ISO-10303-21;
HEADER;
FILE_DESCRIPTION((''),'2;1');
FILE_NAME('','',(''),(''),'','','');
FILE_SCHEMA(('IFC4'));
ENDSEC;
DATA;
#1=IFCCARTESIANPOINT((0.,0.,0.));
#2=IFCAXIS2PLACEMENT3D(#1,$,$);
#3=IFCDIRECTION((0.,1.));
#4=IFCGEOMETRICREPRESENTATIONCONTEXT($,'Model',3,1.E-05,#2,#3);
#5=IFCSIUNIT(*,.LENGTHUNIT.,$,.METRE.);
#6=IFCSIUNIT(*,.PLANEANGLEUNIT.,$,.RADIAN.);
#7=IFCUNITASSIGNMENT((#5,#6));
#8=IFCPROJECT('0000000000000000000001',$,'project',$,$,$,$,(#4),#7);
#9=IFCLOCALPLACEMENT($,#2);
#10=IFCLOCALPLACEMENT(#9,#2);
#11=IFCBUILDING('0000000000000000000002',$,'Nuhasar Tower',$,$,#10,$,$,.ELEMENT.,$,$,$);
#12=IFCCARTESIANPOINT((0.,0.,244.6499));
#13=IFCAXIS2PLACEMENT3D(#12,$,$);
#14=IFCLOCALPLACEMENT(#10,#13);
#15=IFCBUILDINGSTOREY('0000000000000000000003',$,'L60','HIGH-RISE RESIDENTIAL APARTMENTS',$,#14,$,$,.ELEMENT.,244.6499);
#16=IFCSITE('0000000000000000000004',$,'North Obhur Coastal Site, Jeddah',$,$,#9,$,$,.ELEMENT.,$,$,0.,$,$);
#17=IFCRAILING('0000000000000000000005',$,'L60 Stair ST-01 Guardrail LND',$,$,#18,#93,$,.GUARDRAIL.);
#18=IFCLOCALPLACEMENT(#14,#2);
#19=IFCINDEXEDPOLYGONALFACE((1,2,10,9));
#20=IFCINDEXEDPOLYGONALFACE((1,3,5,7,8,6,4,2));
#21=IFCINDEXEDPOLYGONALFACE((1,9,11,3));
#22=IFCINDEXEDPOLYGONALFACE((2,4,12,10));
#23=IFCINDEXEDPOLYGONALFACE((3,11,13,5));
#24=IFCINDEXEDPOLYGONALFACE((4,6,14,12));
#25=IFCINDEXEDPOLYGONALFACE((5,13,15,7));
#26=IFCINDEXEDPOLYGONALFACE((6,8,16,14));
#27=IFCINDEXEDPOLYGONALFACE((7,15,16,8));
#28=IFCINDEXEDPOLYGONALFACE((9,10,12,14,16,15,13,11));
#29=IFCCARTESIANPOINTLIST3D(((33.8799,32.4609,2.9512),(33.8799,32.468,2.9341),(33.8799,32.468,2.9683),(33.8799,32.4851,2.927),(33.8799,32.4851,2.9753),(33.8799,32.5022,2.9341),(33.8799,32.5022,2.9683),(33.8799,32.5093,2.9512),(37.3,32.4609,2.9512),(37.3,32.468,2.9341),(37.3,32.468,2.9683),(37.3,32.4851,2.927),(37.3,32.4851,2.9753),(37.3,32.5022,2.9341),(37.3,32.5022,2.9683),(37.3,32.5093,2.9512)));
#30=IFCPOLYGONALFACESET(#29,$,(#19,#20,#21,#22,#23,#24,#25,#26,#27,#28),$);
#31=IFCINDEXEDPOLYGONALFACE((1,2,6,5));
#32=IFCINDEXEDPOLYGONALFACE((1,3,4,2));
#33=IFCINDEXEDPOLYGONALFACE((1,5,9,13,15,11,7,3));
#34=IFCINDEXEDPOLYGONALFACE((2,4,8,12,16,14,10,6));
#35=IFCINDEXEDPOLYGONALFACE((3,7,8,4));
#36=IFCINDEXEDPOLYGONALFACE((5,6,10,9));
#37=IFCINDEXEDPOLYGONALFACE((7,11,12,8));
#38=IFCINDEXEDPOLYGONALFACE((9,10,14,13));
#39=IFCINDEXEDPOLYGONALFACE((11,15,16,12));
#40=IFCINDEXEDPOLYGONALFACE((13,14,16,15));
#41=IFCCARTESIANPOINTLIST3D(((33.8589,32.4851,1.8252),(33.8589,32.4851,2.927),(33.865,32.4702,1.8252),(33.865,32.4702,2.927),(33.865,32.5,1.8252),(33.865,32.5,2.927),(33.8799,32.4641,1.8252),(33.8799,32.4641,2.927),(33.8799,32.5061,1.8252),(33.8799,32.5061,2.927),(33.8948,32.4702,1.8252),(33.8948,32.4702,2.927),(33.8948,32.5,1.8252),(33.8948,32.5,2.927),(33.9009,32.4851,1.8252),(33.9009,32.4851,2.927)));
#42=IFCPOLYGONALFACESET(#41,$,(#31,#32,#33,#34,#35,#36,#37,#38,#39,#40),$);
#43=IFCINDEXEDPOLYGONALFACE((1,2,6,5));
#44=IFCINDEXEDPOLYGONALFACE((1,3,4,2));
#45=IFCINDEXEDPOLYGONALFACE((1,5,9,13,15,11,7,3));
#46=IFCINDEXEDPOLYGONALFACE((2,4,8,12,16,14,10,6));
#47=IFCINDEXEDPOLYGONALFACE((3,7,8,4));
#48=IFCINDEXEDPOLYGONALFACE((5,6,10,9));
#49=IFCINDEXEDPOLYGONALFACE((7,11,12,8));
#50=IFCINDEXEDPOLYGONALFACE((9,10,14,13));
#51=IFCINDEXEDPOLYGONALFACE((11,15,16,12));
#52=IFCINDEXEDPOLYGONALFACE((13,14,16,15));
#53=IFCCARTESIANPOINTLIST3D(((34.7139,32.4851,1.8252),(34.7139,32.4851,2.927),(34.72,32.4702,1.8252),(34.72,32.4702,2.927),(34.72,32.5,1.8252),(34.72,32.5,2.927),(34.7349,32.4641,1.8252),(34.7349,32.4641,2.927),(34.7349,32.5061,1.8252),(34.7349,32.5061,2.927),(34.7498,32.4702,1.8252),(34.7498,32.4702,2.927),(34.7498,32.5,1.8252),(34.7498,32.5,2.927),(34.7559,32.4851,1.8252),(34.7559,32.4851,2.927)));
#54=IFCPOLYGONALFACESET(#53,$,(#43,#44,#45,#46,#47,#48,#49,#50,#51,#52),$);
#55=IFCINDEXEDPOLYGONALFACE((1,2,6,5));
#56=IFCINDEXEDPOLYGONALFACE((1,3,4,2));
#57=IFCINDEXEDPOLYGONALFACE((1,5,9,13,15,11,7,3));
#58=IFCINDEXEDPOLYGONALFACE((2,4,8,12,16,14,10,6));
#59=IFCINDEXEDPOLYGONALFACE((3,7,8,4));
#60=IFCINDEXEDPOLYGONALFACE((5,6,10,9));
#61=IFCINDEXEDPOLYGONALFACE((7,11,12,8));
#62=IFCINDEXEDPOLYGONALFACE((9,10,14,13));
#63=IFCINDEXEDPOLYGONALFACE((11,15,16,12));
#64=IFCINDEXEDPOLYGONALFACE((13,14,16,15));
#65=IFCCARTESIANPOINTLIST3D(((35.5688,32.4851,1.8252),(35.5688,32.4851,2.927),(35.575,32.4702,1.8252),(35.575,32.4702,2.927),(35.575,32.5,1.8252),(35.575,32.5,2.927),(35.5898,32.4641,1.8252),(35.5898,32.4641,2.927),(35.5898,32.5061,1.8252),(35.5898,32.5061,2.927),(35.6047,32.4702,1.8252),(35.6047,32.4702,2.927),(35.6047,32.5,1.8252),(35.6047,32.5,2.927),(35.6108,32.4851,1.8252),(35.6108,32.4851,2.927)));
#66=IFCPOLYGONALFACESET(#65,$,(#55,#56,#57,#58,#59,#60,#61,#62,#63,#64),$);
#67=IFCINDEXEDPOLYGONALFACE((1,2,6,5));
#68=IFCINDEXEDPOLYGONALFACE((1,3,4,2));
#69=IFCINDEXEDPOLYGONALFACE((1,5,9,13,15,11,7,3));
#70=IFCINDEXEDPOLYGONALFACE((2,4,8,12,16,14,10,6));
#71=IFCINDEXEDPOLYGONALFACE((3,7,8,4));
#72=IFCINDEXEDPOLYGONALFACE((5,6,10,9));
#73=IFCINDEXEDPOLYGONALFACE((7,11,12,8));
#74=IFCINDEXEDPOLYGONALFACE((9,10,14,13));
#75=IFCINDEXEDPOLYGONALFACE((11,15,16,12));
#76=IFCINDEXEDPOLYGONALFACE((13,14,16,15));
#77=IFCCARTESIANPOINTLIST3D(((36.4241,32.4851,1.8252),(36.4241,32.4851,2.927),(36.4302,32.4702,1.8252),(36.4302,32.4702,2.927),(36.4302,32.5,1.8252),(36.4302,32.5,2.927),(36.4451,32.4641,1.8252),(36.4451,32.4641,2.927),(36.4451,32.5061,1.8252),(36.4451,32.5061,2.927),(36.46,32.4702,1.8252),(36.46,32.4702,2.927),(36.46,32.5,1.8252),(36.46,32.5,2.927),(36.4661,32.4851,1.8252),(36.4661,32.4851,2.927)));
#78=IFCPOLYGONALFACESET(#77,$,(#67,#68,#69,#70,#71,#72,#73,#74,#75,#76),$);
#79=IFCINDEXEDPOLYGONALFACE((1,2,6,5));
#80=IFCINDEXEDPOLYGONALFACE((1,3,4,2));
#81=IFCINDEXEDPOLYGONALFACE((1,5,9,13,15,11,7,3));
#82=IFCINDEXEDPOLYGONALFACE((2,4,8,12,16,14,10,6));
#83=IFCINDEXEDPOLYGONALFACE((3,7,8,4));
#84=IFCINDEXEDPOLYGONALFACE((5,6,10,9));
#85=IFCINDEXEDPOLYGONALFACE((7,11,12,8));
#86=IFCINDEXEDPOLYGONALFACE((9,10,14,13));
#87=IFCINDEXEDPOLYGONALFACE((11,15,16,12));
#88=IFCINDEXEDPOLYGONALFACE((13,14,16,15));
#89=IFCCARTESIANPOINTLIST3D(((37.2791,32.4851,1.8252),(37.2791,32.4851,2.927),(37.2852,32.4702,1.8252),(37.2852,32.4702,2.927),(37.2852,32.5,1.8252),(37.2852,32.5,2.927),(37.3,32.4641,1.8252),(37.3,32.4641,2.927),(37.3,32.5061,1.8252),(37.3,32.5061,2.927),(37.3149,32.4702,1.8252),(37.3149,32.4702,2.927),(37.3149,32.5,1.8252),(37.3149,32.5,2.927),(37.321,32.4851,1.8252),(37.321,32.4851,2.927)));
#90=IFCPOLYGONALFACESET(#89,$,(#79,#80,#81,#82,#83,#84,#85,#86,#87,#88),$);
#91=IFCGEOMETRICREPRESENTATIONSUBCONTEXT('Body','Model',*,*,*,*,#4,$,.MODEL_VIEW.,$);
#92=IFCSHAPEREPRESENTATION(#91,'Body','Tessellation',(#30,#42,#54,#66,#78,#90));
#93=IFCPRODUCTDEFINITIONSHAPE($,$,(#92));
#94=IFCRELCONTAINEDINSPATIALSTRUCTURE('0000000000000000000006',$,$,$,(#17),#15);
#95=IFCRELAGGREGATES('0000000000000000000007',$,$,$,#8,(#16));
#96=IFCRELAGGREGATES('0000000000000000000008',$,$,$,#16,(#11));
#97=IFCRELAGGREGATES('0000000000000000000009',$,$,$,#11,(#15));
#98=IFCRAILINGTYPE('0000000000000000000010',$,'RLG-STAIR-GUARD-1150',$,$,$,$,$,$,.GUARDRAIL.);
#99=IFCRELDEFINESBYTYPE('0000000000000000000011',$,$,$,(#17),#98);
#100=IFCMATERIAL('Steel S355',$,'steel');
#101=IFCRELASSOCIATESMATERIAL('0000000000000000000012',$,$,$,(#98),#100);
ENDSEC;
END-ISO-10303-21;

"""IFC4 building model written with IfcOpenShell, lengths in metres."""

from ifc_helpers import new_model, si_unit, direction, frame, origin, place, context, subcontext, project, spatial, polyline, outline, extrude, material, type_object, element, save


model = new_model("IFC4")

# Units and contexts
model_context = context("Model", 3, precision=1e-05, world=origin(), true_north=direction((0.0, 1.0)))
body_context = subcontext(model_context, "Body", "Model", "MODEL_VIEW")
ifc_project = project(units=[si_unit("LENGTHUNIT", "METRE"), si_unit("PLANEANGLEUNIT", "RADIAN")], contexts=[model_context])

# Site, building, storey
site_placement = place(None, origin())
site = spatial("IfcSite", under=ifc_project, at=site_placement, Name="North Obhur Coastal Site, Jeddah", CompositionType="ELEMENT", RefElevation=0.0)
building_placement = place(site_placement, origin())
building = spatial("IfcBuilding", under=site, at=building_placement, Name="Nuhasar Tower", CompositionType="ELEMENT")
storey_placement = place(building_placement, frame((0.0, 0.0, 244.6499)))
storey = spatial("IfcBuildingStorey", under=building, at=storey_placement, Name="L60", Description="HIGH-RISE RESIDENTIAL APARTMENTS", CompositionType="ELEMENT", Elevation=244.6499)

# Shared definitions
ifc_material_1 = material(Name="Steel S355", Category="steel")

# Railing
railing_type_1 = type_object("IfcRailingType", Name="RLG-STAIR-GUARD-1150", PredefinedType="GUARDRAIL", material=ifc_material_1)
railing_1_placement = place(storey_placement, frame((33.8799, 32.4851, 1.8252)))
element("IfcRailing", 1, at=railing_1_placement, inside=storey, type_object=railing_type_1, Name="L60 Stair ST-01 Guardrail LND", PredefinedType="GUARDRAIL", context=body_context, shape_type="SweptSolid", body=[
    extrude(outline(polyline([(0.0242, 0.0), (0.0171, 0.0171), (0.0, 0.0242), (-0.0171, 0.0171), (-0.0242, 0.0), (-0.0171, -0.0171), (0.0, -0.0242), (0.0171, -0.0171), (0.0242, 0.0)])), frame((0.0, 0.0, 1.126), z_axis=(1.0, 0.0, 0.0), x_axis=(0.0, 1.0, 0.0)), (0.0, 0.0, 1.0), 3.4202),
    extrude(outline(polyline([(0.021, 0.0), (0.0149, 0.0149), (0.0, 0.021), (-0.0149, 0.0149), (-0.021, 0.0), (-0.0149, -0.0149), (0.0, -0.021), (0.0149, -0.0149), (0.021, 0.0)])), origin(), (0.0, 0.0, 1.0), 1.1018),
    extrude(outline(polyline([(0.021, 0.0), (0.0149, 0.0149), (0.0, 0.021), (-0.0149, 0.0149), (-0.021, 0.0), (-0.0149, -0.0149), (0.0, -0.021), (0.0149, -0.0149), (0.021, 0.0)])), frame((0.855, 0.0, 0.0)), (0.0, 0.0, 1.0), 1.1018),
    extrude(outline(polyline([(0.021, 0.0), (0.0149, 0.0149), (0.0, 0.021), (-0.0149, 0.0149), (-0.021, 0.0), (-0.0149, -0.0149), (0.0, -0.021), (0.0149, -0.0149), (0.021, 0.0)])), frame((1.71, 0.0, 0.0)), (0.0, 0.0, 1.0), 1.1018),
    extrude(outline(polyline([(0.021, 0.0), (0.0149, 0.0149), (0.0, 0.021), (-0.0149, 0.0149), (-0.021, 0.0), (-0.0149, -0.0149), (0.0, -0.021), (0.0149, -0.0149), (0.021, 0.0)])), frame((2.5652, 0.0, 0.0)), (0.0, 0.0, 1.0), 1.1018),
    extrude(outline(polyline([(0.021, 0.0), (0.0149, 0.0149), (0.0, 0.021), (-0.0149, 0.0149), (-0.021, 0.0), (-0.0149, -0.0149), (0.0, -0.021), (0.0149, -0.0149), (0.021, 0.0)])), frame((3.4202, 0.0, 0.0)), (0.0, 0.0, 1.0), 1.1018),
])

save(model, "model.ifc")
